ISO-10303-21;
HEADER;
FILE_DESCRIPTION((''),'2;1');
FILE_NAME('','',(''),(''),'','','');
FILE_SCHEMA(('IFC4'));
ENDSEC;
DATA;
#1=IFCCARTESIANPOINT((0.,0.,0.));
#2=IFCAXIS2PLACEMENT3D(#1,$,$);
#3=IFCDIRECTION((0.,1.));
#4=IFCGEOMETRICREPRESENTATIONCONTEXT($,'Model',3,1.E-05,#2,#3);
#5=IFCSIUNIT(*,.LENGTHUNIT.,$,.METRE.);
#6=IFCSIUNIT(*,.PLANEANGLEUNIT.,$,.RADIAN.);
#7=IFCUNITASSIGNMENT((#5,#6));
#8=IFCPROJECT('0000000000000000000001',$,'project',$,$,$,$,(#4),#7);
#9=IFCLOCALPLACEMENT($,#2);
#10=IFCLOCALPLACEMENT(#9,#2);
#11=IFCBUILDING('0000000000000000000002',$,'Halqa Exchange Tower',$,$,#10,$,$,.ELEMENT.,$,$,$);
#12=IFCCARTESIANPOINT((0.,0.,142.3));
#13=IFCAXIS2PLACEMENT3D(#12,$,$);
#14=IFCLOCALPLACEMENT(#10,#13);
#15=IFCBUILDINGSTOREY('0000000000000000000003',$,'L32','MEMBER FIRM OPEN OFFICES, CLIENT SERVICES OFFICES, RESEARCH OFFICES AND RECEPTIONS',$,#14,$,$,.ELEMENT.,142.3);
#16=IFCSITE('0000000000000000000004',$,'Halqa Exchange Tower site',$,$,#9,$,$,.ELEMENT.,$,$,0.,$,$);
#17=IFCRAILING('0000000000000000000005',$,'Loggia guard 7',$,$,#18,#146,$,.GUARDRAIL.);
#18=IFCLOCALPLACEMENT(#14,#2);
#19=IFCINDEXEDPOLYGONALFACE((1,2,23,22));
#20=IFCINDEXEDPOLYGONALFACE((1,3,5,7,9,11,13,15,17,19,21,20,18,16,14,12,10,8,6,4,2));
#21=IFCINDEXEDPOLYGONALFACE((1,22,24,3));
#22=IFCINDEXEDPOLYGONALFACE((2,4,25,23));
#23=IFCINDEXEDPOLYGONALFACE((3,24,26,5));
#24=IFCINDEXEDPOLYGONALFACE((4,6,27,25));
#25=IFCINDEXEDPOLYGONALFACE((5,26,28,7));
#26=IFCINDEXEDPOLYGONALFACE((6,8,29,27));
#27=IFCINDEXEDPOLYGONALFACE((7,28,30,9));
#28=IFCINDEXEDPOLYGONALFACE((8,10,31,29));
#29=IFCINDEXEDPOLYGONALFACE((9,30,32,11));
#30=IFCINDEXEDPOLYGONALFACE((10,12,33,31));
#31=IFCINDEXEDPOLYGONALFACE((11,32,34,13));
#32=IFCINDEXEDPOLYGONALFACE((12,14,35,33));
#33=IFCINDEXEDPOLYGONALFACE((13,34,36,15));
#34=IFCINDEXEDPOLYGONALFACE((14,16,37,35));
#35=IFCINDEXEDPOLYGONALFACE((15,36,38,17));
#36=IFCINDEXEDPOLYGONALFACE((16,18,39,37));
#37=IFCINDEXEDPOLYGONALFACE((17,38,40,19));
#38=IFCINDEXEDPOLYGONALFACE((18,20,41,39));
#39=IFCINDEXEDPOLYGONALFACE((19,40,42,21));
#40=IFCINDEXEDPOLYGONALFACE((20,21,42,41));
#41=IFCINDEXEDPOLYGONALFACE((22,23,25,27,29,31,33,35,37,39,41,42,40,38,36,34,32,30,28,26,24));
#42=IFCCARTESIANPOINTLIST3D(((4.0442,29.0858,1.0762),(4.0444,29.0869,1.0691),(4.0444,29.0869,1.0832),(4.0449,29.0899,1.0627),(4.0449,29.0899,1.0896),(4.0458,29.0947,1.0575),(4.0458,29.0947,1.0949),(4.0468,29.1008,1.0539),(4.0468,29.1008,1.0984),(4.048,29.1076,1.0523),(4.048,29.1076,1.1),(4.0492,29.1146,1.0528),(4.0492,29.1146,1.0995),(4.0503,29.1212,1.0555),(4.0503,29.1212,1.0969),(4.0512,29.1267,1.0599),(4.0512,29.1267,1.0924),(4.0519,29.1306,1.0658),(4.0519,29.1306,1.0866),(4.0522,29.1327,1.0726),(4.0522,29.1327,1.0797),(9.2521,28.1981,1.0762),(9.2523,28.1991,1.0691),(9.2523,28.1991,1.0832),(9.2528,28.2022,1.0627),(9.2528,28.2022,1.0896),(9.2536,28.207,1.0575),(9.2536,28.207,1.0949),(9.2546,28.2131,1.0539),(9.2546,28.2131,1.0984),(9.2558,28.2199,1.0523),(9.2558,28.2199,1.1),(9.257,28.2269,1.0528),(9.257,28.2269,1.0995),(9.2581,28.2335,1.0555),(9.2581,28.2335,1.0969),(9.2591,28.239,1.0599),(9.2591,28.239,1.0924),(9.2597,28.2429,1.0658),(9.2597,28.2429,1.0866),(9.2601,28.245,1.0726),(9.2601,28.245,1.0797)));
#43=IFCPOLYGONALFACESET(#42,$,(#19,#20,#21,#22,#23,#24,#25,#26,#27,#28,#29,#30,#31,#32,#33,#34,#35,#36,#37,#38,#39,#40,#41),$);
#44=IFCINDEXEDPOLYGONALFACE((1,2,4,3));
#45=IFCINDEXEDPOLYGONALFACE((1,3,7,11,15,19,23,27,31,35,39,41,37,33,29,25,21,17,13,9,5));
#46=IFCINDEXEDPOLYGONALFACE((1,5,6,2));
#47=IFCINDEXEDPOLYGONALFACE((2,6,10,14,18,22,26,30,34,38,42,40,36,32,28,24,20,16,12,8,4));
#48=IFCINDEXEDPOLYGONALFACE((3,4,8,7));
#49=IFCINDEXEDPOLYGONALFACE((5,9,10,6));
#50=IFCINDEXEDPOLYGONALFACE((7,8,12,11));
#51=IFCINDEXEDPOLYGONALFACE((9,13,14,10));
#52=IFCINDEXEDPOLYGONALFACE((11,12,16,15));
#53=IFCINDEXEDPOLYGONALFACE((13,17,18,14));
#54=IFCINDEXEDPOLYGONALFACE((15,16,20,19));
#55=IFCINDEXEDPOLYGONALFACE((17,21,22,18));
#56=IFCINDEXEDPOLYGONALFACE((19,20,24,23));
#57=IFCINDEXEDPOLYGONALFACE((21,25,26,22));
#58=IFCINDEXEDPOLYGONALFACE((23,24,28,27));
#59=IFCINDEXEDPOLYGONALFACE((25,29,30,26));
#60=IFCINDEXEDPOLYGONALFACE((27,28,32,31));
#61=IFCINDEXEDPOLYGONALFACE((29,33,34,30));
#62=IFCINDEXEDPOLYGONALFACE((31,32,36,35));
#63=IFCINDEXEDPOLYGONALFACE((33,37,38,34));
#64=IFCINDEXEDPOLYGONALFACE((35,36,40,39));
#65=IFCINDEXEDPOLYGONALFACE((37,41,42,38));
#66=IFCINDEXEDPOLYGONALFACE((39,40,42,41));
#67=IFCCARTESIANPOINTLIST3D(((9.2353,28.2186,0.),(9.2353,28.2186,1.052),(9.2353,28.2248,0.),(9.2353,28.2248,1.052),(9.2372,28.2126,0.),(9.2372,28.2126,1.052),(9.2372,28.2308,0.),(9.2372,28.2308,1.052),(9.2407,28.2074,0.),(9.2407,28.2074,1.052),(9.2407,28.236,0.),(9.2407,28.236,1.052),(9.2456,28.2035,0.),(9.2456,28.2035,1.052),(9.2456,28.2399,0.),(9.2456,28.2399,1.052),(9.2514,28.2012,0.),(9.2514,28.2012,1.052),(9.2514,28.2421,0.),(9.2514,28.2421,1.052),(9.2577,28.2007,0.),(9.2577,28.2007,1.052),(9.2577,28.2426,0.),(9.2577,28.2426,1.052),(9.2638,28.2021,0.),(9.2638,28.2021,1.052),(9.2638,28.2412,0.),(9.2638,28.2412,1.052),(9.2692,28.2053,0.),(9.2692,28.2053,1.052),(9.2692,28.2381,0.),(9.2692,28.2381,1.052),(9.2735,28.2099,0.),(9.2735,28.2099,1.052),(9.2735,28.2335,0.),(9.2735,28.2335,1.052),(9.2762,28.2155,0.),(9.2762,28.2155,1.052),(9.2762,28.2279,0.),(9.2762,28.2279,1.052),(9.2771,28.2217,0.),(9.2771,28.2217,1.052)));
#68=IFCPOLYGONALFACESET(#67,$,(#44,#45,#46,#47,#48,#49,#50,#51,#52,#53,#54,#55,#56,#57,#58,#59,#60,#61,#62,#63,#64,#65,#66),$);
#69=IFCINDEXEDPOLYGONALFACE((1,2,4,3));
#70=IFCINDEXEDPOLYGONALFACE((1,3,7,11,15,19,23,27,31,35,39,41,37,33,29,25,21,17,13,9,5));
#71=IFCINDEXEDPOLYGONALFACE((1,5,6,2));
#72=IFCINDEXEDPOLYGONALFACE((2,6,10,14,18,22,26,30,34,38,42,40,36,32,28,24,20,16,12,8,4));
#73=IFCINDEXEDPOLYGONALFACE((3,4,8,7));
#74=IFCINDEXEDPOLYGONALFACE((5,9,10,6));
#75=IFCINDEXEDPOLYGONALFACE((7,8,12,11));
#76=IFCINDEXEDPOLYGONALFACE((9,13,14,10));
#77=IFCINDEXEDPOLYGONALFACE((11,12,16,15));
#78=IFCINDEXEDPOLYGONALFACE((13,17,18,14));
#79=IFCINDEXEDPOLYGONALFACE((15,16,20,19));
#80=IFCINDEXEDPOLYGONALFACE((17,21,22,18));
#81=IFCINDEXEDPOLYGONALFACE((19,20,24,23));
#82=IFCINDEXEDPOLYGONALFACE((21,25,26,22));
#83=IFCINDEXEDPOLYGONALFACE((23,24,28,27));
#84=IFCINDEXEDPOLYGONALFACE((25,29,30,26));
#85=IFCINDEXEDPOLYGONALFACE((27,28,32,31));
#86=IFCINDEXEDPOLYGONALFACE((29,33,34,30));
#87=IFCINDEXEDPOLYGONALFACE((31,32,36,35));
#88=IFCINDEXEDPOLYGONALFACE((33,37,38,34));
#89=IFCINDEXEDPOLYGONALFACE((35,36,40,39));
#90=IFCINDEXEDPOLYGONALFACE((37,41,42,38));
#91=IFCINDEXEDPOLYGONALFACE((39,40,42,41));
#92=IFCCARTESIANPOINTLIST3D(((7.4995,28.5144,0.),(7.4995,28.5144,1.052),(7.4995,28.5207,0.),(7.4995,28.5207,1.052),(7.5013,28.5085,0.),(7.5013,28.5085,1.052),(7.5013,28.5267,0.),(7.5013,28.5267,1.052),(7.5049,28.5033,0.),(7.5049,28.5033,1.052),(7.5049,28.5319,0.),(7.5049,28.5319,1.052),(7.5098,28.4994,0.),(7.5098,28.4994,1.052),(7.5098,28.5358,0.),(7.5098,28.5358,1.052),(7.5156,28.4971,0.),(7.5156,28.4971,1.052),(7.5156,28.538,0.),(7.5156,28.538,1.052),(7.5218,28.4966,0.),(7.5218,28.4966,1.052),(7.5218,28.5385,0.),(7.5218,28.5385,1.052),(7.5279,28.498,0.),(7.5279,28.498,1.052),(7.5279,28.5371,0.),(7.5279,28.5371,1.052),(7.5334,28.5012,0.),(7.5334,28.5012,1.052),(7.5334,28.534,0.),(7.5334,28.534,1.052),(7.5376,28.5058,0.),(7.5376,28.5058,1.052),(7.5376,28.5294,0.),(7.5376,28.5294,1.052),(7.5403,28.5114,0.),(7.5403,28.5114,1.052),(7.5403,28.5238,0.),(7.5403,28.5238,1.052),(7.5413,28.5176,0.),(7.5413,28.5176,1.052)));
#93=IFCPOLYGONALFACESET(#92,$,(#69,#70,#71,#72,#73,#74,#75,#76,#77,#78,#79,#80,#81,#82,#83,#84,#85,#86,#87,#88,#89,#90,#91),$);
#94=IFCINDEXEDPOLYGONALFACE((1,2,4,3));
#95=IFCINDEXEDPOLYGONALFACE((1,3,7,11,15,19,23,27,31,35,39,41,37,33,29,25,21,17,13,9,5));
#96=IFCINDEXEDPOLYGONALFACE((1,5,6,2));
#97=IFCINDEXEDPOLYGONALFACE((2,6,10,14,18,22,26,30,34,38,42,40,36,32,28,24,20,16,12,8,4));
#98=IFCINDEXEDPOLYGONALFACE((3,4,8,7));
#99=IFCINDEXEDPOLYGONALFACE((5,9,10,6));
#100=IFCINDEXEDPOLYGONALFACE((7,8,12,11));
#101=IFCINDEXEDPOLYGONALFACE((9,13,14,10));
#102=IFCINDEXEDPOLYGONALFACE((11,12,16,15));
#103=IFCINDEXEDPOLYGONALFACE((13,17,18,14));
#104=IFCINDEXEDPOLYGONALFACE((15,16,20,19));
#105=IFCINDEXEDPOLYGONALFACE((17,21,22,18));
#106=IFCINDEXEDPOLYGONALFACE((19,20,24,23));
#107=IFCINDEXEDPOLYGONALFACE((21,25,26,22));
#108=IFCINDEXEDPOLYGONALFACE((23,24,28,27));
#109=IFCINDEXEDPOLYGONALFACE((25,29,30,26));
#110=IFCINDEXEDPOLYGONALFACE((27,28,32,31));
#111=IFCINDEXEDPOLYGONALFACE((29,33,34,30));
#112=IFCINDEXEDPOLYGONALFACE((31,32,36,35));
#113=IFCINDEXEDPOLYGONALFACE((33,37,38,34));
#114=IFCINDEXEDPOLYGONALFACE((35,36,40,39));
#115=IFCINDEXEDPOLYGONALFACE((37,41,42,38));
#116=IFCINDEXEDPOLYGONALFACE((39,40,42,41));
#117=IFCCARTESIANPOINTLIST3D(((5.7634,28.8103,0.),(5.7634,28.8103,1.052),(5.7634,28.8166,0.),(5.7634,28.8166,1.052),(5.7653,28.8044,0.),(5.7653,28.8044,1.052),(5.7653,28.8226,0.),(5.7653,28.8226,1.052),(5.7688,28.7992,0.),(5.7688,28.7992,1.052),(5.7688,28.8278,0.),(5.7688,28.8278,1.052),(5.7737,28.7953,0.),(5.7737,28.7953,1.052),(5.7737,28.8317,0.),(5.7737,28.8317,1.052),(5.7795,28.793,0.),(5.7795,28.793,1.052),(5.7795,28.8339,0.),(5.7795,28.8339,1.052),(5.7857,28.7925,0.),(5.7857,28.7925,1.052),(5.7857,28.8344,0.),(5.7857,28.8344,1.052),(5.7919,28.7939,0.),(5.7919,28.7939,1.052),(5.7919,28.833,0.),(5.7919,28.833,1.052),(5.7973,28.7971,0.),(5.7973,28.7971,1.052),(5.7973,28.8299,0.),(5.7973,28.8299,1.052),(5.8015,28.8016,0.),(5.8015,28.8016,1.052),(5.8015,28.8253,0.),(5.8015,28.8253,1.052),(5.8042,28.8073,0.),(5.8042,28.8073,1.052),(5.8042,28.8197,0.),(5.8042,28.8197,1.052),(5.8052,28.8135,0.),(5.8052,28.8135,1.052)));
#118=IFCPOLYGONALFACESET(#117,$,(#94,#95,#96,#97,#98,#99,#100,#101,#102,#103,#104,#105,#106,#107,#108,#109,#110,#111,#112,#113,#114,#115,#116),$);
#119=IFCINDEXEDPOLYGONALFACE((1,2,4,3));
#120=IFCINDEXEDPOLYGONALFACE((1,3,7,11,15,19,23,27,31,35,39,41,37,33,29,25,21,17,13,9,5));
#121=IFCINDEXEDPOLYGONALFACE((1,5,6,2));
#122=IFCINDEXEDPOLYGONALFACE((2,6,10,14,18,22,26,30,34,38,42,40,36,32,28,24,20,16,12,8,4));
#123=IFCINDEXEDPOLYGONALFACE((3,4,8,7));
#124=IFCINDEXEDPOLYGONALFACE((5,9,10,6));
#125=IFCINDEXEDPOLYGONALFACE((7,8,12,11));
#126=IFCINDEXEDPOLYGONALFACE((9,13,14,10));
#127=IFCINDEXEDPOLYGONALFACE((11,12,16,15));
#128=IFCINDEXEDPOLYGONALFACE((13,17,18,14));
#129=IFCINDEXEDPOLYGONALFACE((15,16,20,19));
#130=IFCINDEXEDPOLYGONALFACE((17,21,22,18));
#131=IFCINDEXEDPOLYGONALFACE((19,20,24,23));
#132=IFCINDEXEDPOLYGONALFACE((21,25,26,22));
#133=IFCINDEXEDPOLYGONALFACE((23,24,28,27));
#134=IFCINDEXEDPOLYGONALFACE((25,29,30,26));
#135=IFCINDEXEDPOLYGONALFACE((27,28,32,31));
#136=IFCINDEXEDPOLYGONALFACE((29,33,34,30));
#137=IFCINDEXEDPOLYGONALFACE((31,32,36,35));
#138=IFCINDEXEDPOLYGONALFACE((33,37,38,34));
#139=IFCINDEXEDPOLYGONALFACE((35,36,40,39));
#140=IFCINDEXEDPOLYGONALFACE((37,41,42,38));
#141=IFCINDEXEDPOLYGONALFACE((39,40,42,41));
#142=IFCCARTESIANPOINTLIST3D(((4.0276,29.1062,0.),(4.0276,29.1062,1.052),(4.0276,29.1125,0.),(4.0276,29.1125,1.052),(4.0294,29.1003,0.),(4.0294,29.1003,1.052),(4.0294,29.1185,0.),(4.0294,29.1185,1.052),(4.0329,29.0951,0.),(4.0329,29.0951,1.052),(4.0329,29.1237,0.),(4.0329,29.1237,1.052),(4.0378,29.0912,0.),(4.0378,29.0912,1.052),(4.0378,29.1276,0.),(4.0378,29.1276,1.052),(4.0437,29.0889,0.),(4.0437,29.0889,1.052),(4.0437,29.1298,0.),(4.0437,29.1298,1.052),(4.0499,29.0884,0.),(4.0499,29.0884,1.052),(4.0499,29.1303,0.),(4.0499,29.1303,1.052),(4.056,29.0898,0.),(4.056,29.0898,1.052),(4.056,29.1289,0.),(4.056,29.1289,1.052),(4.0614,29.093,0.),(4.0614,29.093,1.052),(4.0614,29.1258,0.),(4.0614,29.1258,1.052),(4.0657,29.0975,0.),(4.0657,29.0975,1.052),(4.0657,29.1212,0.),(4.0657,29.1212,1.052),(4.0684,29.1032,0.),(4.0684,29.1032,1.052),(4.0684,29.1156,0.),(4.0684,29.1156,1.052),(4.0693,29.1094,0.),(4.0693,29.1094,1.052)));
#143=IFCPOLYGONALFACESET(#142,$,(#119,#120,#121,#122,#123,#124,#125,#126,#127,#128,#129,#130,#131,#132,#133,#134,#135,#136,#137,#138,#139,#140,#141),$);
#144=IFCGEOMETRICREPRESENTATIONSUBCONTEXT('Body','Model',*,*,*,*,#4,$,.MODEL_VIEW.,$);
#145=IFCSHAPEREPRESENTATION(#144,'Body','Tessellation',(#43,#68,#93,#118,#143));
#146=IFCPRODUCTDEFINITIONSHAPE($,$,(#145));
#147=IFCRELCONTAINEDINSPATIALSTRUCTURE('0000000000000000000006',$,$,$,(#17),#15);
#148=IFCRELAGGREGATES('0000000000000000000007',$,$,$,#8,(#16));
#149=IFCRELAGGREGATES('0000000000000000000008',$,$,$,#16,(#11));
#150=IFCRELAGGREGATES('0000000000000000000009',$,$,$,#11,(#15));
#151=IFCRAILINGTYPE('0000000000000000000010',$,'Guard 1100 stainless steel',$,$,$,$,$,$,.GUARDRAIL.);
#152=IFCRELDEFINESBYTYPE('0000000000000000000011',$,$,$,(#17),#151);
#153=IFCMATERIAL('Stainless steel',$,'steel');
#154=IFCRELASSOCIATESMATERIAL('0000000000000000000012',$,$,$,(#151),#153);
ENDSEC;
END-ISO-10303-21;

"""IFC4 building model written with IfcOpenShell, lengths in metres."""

from ifc_helpers import new_model, si_unit, direction, frame, origin, origin_2d, place, context, subcontext, project, spatial, circle, extrude, material, type_object, element, save


model = new_model("IFC4")

# Units and contexts
model_context = context("Model", 3, precision=1e-05, world=origin(), true_north=direction((0.0, 1.0)))
body_context = subcontext(model_context, "Body", "Model", "MODEL_VIEW")
ifc_project = project(units=[si_unit("LENGTHUNIT", "METRE"), si_unit("PLANEANGLEUNIT", "RADIAN")], contexts=[model_context])

# Site, building, storey
site_placement = place(None, origin())
site = spatial("IfcSite", under=ifc_project, at=site_placement, Name="Halqa Exchange Tower site", CompositionType="ELEMENT", RefElevation=0.0)
building_placement = place(site_placement, origin())
building = spatial("IfcBuilding", under=site, at=building_placement, Name="Halqa Exchange Tower", CompositionType="ELEMENT")
storey_placement = place(building_placement, frame((0.0, 0.0, 142.3)))
storey = spatial("IfcBuildingStorey", under=building, at=storey_placement, Name="L32", Description="MEMBER FIRM OPEN OFFICES, CLIENT SERVICES OFFICES, RESEARCH OFFICES AND RECEPTIONS", CompositionType="ELEMENT", Elevation=142.3)

# Railing
ifc_material_1 = material(Name="Stainless steel", Category="steel")
railing_type = type_object("IfcRailingType", Name="Guard 1100 stainless steel", PredefinedType="GUARDRAIL", material=ifc_material_1)
railing_1_placement = place(storey_placement, frame((9.2561, 28.2217, 0.0)))
element("IfcRailing", 1, at=railing_1_placement, inside=storey, type_object=railing_type, Name="Loggia guard 7", PredefinedType="GUARDRAIL", context=body_context, shape_type="SweptSolid", body=[
    extrude(circle(Radius=0.0239, at=origin_2d()), frame((0.0, 0.0, 1.0762), z_axis=(-0.985781, 0.168033, 0.0), x_axis=(-0.168033, -0.985781, 0.0)), (0.0, 0.0, 1.0), 5.283),
    extrude(circle(Radius=0.021, at=origin_2d()), origin(), (0.0, 0.0, 1.0), 1.052),
    extrude(circle(Radius=0.021, at=origin_2d()), frame((-1.7358, 0.2959, 0.0)), (0.0, 0.0, 1.0), 1.052),
    extrude(circle(Radius=0.021, at=origin_2d()), frame((-3.4719, 0.5918, 0.0)), (0.0, 0.0, 1.0), 1.052),
    extrude(circle(Radius=0.021, at=origin_2d()), frame((-5.2078, 0.8877, 0.0)), (0.0, 0.0, 1.0), 1.052),
])

save(model, "model.ifc")
